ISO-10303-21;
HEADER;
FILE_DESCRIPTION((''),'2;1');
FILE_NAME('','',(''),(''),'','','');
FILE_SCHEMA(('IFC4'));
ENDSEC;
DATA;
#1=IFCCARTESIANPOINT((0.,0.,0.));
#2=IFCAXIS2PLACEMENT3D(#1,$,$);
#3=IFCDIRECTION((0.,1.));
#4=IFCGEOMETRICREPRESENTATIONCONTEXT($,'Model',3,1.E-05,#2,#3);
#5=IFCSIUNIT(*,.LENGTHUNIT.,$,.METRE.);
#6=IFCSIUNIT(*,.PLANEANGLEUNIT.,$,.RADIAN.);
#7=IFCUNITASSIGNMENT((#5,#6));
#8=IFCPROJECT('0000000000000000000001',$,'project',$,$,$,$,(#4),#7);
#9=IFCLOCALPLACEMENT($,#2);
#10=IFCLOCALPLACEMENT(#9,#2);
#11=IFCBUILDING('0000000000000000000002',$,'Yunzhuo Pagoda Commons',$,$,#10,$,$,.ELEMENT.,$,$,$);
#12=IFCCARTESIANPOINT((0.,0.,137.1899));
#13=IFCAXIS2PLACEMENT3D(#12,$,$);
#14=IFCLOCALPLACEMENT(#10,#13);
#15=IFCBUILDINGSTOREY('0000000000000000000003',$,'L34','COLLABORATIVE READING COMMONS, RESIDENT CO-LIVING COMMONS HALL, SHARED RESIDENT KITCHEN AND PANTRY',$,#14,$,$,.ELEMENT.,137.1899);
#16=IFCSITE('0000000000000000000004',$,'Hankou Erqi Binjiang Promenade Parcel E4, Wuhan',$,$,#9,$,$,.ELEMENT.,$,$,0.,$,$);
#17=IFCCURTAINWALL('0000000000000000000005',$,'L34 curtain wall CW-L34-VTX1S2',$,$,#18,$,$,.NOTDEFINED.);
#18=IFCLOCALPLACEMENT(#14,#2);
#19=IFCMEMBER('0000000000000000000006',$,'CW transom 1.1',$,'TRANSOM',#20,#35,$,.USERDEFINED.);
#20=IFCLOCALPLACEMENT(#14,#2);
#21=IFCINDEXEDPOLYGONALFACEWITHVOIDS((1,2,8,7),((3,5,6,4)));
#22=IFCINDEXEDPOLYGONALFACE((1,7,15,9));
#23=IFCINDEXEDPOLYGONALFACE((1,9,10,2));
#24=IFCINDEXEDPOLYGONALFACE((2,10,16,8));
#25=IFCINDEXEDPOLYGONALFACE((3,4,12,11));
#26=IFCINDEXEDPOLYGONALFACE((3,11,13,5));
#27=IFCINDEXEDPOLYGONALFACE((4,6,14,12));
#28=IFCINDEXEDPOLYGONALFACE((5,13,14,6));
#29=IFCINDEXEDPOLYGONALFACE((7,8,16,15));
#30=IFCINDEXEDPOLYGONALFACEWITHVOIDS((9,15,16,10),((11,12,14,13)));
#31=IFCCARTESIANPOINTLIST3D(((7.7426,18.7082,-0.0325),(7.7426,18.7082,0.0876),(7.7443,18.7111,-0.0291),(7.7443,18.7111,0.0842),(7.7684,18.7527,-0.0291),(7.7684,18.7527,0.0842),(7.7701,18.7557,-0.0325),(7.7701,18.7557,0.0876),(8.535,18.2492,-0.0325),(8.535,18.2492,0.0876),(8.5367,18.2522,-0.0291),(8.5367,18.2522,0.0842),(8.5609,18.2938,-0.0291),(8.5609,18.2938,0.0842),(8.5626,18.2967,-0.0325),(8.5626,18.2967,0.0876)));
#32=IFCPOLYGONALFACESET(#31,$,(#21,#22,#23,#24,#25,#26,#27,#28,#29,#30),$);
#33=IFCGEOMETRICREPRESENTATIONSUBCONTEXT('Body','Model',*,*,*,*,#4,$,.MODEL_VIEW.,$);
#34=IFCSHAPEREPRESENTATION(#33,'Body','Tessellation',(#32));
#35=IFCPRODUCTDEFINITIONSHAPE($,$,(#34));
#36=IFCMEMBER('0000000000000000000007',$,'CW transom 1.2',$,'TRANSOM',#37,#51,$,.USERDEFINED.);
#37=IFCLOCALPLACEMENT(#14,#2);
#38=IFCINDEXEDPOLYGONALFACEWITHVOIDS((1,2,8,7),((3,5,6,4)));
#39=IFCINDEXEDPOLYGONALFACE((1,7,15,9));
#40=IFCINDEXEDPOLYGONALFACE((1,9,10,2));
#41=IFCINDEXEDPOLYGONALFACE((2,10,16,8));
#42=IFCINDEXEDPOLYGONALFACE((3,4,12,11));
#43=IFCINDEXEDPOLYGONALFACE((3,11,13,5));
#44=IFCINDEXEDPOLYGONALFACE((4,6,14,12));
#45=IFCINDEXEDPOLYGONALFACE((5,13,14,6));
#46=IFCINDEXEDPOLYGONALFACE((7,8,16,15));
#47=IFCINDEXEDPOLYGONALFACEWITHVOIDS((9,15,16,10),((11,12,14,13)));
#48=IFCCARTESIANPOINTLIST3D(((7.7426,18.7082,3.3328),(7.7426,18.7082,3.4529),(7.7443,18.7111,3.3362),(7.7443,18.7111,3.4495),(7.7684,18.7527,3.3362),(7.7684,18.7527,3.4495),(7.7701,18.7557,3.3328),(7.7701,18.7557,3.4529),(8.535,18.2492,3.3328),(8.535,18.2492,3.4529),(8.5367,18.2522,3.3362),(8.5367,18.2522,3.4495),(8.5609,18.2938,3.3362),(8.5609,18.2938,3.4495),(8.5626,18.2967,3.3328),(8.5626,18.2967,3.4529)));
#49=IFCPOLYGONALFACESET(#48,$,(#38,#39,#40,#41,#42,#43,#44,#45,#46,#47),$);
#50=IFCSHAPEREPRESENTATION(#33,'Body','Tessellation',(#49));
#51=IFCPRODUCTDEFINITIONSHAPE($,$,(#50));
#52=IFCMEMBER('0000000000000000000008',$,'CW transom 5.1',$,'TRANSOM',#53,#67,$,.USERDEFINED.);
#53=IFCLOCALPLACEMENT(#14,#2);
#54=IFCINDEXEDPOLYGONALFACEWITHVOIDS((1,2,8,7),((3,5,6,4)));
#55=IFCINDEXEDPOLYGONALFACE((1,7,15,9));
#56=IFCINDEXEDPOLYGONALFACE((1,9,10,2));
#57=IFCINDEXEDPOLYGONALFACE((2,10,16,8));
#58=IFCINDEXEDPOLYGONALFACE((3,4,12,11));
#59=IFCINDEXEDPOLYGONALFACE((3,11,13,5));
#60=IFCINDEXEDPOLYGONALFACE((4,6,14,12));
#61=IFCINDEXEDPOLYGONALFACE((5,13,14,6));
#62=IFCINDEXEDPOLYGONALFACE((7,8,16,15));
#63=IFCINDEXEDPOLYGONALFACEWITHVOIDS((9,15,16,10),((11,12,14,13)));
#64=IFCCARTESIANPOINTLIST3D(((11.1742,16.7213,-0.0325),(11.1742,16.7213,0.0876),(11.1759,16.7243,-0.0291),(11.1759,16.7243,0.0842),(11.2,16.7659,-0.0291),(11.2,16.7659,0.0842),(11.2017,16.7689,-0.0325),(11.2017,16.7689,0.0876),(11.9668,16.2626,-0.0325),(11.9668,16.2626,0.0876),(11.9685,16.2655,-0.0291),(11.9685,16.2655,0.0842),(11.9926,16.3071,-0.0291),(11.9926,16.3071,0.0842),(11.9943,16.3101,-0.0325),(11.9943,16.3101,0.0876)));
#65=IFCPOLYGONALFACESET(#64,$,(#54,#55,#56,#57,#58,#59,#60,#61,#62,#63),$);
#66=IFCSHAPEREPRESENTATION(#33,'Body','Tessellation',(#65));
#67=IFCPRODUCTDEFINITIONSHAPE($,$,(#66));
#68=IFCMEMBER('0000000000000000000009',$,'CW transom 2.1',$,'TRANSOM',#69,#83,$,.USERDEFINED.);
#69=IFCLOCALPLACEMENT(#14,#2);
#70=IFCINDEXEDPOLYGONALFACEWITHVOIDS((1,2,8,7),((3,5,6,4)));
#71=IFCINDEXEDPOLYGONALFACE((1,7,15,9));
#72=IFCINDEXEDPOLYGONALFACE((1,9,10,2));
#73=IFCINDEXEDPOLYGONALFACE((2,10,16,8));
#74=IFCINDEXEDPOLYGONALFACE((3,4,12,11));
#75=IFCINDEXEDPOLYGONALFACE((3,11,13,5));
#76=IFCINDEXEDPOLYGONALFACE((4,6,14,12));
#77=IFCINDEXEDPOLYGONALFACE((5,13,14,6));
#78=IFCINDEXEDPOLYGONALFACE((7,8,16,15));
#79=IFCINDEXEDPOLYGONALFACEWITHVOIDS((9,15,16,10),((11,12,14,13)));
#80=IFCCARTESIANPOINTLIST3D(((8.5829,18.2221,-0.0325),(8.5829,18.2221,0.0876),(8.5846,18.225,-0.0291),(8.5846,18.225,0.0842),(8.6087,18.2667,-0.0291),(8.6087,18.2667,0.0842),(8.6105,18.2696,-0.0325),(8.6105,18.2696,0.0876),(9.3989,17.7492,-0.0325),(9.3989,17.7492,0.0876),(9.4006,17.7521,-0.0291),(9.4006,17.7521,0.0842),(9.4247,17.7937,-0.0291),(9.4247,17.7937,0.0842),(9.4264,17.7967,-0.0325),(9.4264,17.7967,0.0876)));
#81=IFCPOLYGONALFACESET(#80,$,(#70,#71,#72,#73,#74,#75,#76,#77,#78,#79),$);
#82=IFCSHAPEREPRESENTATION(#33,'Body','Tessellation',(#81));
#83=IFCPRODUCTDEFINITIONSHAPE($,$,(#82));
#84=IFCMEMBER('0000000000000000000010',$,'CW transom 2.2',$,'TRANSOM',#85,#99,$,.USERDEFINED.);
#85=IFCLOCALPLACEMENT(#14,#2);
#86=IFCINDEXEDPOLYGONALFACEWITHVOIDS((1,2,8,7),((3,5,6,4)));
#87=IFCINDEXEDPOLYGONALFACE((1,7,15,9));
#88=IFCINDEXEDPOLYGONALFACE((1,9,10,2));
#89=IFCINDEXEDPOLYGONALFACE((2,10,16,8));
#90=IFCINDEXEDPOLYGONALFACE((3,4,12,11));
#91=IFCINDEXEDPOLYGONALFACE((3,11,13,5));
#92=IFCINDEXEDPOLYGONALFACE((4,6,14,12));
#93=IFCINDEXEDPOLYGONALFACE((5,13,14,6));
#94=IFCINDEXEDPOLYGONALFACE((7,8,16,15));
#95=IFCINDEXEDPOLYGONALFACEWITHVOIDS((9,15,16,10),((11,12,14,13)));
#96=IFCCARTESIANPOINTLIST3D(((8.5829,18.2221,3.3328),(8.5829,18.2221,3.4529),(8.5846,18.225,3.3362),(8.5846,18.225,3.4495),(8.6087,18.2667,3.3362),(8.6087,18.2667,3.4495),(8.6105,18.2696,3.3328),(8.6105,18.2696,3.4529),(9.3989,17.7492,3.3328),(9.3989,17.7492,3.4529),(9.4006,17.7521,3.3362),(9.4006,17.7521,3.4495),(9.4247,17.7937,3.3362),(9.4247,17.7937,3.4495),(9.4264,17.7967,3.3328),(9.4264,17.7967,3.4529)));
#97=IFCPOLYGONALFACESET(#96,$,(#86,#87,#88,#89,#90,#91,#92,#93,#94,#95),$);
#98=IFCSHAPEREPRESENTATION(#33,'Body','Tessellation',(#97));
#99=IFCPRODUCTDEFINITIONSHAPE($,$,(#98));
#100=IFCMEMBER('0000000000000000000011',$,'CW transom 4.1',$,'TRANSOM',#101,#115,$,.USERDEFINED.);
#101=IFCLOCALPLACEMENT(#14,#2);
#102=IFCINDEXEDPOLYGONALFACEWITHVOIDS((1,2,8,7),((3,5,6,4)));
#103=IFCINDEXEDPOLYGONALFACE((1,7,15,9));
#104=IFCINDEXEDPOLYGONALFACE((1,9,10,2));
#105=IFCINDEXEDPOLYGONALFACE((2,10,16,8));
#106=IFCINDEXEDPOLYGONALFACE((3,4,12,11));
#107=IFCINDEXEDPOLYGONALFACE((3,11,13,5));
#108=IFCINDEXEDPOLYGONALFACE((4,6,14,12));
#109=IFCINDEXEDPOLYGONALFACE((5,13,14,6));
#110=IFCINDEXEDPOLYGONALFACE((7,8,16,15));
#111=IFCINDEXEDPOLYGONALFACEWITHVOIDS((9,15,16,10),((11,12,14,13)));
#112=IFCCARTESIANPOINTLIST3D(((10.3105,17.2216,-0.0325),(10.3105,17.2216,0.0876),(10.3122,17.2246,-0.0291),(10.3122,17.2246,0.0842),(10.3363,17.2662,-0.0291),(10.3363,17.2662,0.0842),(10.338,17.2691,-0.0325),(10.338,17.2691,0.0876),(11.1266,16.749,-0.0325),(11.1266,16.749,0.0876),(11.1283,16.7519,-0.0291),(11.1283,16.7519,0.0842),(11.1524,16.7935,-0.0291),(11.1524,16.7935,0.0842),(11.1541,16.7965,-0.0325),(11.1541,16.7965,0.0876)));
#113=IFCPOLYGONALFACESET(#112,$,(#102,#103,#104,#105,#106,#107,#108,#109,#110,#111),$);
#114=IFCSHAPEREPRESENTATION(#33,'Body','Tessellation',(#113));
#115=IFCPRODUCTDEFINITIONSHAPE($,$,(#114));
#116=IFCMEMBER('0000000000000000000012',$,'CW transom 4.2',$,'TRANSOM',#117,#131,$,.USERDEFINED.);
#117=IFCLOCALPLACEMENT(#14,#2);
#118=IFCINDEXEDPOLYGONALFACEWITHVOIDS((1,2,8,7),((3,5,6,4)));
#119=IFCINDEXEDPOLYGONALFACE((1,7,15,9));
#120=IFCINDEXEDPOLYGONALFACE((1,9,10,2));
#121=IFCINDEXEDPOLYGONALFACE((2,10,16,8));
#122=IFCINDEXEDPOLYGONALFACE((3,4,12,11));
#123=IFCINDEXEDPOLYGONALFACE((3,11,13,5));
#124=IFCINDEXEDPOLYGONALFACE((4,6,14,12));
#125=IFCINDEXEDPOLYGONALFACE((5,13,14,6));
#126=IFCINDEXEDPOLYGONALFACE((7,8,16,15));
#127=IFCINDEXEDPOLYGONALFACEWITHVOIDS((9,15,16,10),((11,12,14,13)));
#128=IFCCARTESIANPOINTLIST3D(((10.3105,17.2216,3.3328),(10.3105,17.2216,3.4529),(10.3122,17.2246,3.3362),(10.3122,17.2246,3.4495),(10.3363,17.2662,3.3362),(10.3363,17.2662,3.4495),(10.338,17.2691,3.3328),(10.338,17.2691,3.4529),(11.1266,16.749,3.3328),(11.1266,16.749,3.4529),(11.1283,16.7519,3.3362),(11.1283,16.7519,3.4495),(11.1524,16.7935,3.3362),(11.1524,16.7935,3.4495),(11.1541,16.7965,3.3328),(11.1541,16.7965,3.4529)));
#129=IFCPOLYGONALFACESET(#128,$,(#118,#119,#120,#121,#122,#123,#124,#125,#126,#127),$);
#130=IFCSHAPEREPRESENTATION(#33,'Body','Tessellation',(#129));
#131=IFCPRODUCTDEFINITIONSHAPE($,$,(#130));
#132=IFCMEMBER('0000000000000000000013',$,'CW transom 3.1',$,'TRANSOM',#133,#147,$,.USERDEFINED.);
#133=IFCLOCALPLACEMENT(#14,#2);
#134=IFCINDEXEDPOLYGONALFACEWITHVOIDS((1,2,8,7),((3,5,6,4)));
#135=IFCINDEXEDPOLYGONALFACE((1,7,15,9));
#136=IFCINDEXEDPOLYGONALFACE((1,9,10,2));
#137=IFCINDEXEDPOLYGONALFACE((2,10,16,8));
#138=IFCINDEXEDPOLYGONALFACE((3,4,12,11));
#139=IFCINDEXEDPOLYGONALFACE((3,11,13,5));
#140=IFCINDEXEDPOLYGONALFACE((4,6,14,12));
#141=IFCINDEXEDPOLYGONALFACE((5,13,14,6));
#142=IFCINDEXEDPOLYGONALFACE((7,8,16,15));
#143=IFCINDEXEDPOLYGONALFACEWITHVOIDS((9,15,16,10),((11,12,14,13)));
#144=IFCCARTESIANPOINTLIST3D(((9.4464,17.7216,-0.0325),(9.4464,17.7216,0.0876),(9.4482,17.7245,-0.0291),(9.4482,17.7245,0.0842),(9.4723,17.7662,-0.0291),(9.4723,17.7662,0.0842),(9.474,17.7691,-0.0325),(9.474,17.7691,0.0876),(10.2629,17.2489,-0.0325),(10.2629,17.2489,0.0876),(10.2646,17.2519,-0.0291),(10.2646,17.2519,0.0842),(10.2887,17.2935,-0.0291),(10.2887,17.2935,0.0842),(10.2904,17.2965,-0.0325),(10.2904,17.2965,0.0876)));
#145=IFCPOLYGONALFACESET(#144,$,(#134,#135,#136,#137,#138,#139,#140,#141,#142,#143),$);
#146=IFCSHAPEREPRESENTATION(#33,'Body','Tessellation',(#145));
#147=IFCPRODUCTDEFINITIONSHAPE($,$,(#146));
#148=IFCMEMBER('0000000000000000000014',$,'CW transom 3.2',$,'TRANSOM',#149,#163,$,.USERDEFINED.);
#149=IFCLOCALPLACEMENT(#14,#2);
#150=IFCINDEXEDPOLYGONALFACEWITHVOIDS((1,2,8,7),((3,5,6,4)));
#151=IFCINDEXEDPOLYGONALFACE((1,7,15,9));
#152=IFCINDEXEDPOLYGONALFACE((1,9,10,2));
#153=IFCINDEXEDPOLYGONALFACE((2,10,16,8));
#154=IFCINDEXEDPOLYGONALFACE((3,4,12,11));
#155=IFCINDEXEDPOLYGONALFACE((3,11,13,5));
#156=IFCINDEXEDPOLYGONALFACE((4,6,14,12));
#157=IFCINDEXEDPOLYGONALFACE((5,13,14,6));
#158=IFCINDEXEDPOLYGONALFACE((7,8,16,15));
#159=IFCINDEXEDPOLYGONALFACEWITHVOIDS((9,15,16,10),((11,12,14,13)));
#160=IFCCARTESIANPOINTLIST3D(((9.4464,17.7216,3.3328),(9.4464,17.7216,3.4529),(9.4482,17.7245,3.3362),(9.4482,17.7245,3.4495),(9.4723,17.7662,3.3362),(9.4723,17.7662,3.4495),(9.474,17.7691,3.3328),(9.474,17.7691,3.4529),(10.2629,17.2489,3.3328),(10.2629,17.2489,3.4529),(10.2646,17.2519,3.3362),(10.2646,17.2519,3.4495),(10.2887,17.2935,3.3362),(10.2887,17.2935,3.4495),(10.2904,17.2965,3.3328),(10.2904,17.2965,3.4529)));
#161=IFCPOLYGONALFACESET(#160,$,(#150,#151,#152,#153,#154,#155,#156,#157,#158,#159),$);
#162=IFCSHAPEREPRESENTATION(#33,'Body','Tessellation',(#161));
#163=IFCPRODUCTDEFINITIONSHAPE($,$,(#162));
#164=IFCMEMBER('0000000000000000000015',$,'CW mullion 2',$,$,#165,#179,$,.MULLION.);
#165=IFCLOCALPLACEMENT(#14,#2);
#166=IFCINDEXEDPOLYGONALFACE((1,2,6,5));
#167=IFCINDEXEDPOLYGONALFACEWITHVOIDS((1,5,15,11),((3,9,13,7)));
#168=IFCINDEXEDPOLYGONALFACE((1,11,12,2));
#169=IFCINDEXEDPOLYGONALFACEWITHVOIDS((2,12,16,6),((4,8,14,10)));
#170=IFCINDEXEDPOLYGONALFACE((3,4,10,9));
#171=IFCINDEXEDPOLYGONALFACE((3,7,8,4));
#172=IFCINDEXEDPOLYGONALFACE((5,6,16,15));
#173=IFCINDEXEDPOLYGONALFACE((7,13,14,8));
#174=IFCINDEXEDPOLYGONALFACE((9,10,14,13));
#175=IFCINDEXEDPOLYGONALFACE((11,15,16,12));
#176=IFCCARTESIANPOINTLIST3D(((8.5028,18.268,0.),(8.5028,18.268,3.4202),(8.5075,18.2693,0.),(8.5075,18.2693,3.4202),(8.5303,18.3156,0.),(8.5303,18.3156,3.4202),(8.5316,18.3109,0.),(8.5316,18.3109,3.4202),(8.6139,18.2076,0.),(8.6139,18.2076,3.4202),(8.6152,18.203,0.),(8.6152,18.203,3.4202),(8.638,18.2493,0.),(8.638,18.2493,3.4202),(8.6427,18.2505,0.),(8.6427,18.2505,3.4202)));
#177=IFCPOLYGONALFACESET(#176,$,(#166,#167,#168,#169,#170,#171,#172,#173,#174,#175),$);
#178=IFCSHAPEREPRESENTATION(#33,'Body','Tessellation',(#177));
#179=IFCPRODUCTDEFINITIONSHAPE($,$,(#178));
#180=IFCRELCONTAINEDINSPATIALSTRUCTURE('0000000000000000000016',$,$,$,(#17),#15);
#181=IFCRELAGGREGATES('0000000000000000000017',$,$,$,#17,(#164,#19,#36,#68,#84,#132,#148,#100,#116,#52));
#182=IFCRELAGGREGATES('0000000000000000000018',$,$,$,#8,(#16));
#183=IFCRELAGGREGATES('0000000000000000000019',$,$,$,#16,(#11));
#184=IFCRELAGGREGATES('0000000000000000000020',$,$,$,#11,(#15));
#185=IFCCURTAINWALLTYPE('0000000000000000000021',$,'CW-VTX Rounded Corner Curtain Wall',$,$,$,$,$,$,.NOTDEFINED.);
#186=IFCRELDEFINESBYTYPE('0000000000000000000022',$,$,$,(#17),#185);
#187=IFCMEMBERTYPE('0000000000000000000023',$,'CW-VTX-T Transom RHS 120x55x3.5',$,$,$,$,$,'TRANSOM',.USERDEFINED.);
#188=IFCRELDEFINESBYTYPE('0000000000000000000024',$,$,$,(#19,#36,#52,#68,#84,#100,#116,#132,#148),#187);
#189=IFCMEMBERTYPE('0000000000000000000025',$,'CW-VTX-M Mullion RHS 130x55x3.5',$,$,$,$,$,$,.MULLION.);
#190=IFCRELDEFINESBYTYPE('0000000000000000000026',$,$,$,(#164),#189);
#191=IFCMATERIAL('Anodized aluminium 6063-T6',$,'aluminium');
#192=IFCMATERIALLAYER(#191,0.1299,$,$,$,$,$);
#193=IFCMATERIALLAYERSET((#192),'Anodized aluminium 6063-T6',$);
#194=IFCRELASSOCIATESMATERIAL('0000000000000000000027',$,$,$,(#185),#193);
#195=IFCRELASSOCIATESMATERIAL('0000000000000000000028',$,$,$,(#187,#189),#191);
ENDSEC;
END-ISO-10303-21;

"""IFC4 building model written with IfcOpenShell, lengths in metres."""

from ifc_helpers import new_model, si_unit, direction, frame, origin, origin_2d, place, context, subcontext, project, spatial, hollow_rectangle, extrude, source, transform, mapped, material, layer, layer_set, material_profile, profile_set, type_object, element, aggregate, save


model = new_model("IFC4")

# Units and contexts
model_context = context("Model", 3, precision=1e-05, world=origin(), true_north=direction((0.0, 1.0)))
body_context = subcontext(model_context, "Body", "Model", "MODEL_VIEW")
ifc_project = project(units=[si_unit("LENGTHUNIT", "METRE"), si_unit("PLANEANGLEUNIT", "RADIAN")], contexts=[model_context])

# Site, building, storey
site_placement = place(None, origin())
site = spatial("IfcSite", under=ifc_project, at=site_placement, Name="Hankou Erqi Binjiang Promenade Parcel E4, Wuhan", CompositionType="ELEMENT", RefElevation=0.0)
building_placement = place(site_placement, origin())
building = spatial("IfcBuilding", under=site, at=building_placement, Name="Yunzhuo Pagoda Commons", CompositionType="ELEMENT")
storey_placement = place(building_placement, frame((0.0, 0.0, 137.1899)))
storey = spatial("IfcBuildingStorey", under=building, at=storey_placement, Name="L34", Description="COLLABORATIVE READING COMMONS, RESIDENT CO-LIVING COMMONS HALL, SHARED RESIDENT KITCHEN AND PANTRY", CompositionType="ELEMENT", Elevation=137.1899)

# Curtain wall, members
ifc_material_1 = material(Name="Anodized aluminium 6063-T6", Category="aluminium")
ifc_layer_1 = layer(ifc_material_1, 0.1299)
ifc_layer_set_1 = layer_set([ifc_layer_1], Name="Anodized aluminium 6063-T6")
curtain_wall_type = type_object("IfcCurtainWallType", Name="CW-VTX Rounded Corner Curtain Wall", PredefinedType="NOTDEFINED", material=ifc_layer_set_1)
curtain_wall_placement = place(storey_placement, origin())
curtain_wall = element("IfcCurtainWall", 1, at=curtain_wall_placement, inside=storey, type_object=curtain_wall_type, Name="L34 curtain wall CW-L34-VTX1S2", PredefinedType="NOTDEFINED")
ifc_material_profile_1 = material_profile(ifc_material_1, hollow_rectangle(XDim=0.0549, YDim=0.1201, WallThickness=0.0034, at=origin_2d()), Name="Anodized aluminium 6063-T6")
ifc_profile_set_1 = profile_set([ifc_material_profile_1], Name="Anodized aluminium 6063-T6")
member_type_1 = type_object("IfcMemberType", Name="CW-VTX-T Transom RHS 120x55x3.5", ElementType="TRANSOM", PredefinedType="USERDEFINED", material=ifc_profile_set_1)
shared_shape_1 = source(origin(), body_context, "Body", "SweptSolid", [
    extrude(hollow_rectangle(XDim=0.0549, YDim=0.1201, WallThickness=0.0034, at=origin_2d()), origin(), (0.0, 0.0, 1.0), 0.9158),
])
member_1_placement = place(storey_placement, frame((7.7563, 18.7319, 0.0276), z_axis=(0.865341, -0.501183, 0.0), x_axis=(0.501183, 0.865341, 0.0)))
member_1 = element("IfcMember", 2, at=member_1_placement, type_object=member_type_1, Name="CW transom 1.1", ObjectType="TRANSOM", PredefinedType="USERDEFINED", context=body_context, shape_type="MappedRepresentation", body=[
    mapped(shared_shape_1, transform((0.0, 0.0, 0.0), scale=1.0)),
])
member_2_placement = place(storey_placement, frame((7.7563, 18.7319, 3.3928), z_axis=(0.865341, -0.501183, 0.0), x_axis=(0.501183, 0.865341, 0.0)))
member_2 = element("IfcMember", 3, at=member_2_placement, type_object=member_type_1, Name="CW transom 1.2", ObjectType="TRANSOM", PredefinedType="USERDEFINED", context=body_context, shape_type="MappedRepresentation", body=[
    mapped(shared_shape_1, transform((0.0, 0.0, 0.0), scale=1.0)),
])
member_3_placement = place(storey_placement, frame((11.188, 16.7451, 0.0276), z_axis=(0.865457, -0.500984, 0.0), x_axis=(0.500984, 0.865457, 0.0)))
member_3 = element("IfcMember", 4, at=member_3_placement, type_object=member_type_1, Name="CW transom 5.1", ObjectType="TRANSOM", PredefinedType="USERDEFINED", context=body_context, shape_type="MappedRepresentation", body=[
    mapped(shared_shape_1, transform((0.0, 0.0, 0.0), scale=1.0)),
])
shared_shape_2 = source(origin(), body_context, "Body", "SweptSolid", [
    extrude(hollow_rectangle(XDim=0.0549, YDim=0.1201, WallThickness=0.0034, at=origin_2d()), origin(), (0.0, 0.0, 1.0), 0.9431),
])
member_4_placement = place(storey_placement, frame((8.5967, 18.2458, 0.0276), z_axis=(0.865184, -0.501455, 0.0), x_axis=(0.501455, 0.865184, 0.0)))
member_4 = element("IfcMember", 5, at=member_4_placement, type_object=member_type_1, Name="CW transom 2.1", ObjectType="TRANSOM", PredefinedType="USERDEFINED", context=body_context, shape_type="MappedRepresentation", body=[
    mapped(shared_shape_2, transform((0.0, 0.0, 0.0), scale=1.0)),
])
member_5_placement = place(storey_placement, frame((8.5967, 18.2458, 3.3928), z_axis=(0.865184, -0.501455, 0.0), x_axis=(0.501455, 0.865184, 0.0)))
member_5 = element("IfcMember", 6, at=member_5_placement, type_object=member_type_1, Name="CW transom 2.2", ObjectType="TRANSOM", PredefinedType="USERDEFINED", context=body_context, shape_type="MappedRepresentation", body=[
    mapped(shared_shape_2, transform((0.0, 0.0, 0.0), scale=1.0)),
])
member_6_placement = place(storey_placement, frame((10.3242, 17.2454, 0.0276), z_axis=(0.865361, -0.501149, 0.0), x_axis=(0.501149, 0.865361, 0.0)))
member_6 = element("IfcMember", 7, at=member_6_placement, type_object=member_type_1, Name="CW transom 4.1", ObjectType="TRANSOM", PredefinedType="USERDEFINED", context=body_context, shape_type="MappedRepresentation", body=[
    mapped(shared_shape_2, transform((0.0, 0.0, 0.0), scale=1.0)),
])
member_7_placement = place(storey_placement, frame((10.3242, 17.2454, 3.3928), z_axis=(0.865361, -0.501149, 0.0), x_axis=(0.501149, 0.865361, 0.0)))
member_7 = element("IfcMember", 8, at=member_7_placement, type_object=member_type_1, Name="CW transom 4.2", ObjectType="TRANSOM", PredefinedType="USERDEFINED", context=body_context, shape_type="MappedRepresentation", body=[
    mapped(shared_shape_2, transform((0.0, 0.0, 0.0), scale=1.0)),
])
shared_shape_3 = source(origin(), body_context, "Body", "SweptSolid", [
    extrude(hollow_rectangle(XDim=0.0549, YDim=0.1201, WallThickness=0.0034, at=origin_2d()), origin(), (0.0, 0.0, 1.0), 0.9434),
])
member_8_placement = place(storey_placement, frame((9.4602, 17.7454, 0.0276), z_axis=(0.865426, -0.501036, 0.0), x_axis=(0.501036, 0.865426, 0.0)))
member_8 = element("IfcMember", 9, at=member_8_placement, type_object=member_type_1, Name="CW transom 3.1", ObjectType="TRANSOM", PredefinedType="USERDEFINED", context=body_context, shape_type="MappedRepresentation", body=[
    mapped(shared_shape_3, transform((0.0, 0.0, 0.0), scale=1.0)),
])
member_9_placement = place(storey_placement, frame((9.4602, 17.7454, 3.3928), z_axis=(0.865426, -0.501036, 0.0), x_axis=(0.501036, 0.865426, 0.0)))
member_9 = element("IfcMember", 10, at=member_9_placement, type_object=member_type_1, Name="CW transom 3.2", ObjectType="TRANSOM", PredefinedType="USERDEFINED", context=body_context, shape_type="MappedRepresentation", body=[
    mapped(shared_shape_3, transform((0.0, 0.0, 0.0), scale=1.0)),
])
ifc_material_profile_2 = material_profile(ifc_material_1, hollow_rectangle(XDim=0.0549, YDim=0.1299, WallThickness=0.0034, at=origin_2d()), Name="Anodized aluminium 6063-T6")
ifc_profile_set_2 = profile_set([ifc_material_profile_2], Name="Anodized aluminium 6063-T6")
member_type_2 = type_object("IfcMemberType", Name="CW-VTX-M Mullion RHS 130x55x3.5", PredefinedType="MULLION", material=ifc_profile_set_2)
shared_shape_4 = source(origin(), body_context, "Body", "SweptSolid", [
    extrude(hollow_rectangle(XDim=0.0549, YDim=0.1299, WallThickness=0.0034, at=origin_2d()), origin(), (0.0, 0.0, 1.0), 3.4202),
])
member_10_placement = place(storey_placement, frame((8.5728, 18.2593, 0.0), z_axis=(0.0, 0.0, 1.0), x_axis=(0.501038, 0.865425, 0.0)))
member_10 = element("IfcMember", 11, at=member_10_placement, type_object=member_type_2, Name="CW mullion 2", PredefinedType="MULLION", context=body_context, shape_type="MappedRepresentation", body=[
    mapped(shared_shape_4, transform((0.0, 0.0, 0.0), scale=1.0)),
])

aggregate(curtain_wall, [member_10, member_1, member_2, member_4, member_5, member_8, member_9, member_6, member_7, member_3])

save(model, "model.ifc")
